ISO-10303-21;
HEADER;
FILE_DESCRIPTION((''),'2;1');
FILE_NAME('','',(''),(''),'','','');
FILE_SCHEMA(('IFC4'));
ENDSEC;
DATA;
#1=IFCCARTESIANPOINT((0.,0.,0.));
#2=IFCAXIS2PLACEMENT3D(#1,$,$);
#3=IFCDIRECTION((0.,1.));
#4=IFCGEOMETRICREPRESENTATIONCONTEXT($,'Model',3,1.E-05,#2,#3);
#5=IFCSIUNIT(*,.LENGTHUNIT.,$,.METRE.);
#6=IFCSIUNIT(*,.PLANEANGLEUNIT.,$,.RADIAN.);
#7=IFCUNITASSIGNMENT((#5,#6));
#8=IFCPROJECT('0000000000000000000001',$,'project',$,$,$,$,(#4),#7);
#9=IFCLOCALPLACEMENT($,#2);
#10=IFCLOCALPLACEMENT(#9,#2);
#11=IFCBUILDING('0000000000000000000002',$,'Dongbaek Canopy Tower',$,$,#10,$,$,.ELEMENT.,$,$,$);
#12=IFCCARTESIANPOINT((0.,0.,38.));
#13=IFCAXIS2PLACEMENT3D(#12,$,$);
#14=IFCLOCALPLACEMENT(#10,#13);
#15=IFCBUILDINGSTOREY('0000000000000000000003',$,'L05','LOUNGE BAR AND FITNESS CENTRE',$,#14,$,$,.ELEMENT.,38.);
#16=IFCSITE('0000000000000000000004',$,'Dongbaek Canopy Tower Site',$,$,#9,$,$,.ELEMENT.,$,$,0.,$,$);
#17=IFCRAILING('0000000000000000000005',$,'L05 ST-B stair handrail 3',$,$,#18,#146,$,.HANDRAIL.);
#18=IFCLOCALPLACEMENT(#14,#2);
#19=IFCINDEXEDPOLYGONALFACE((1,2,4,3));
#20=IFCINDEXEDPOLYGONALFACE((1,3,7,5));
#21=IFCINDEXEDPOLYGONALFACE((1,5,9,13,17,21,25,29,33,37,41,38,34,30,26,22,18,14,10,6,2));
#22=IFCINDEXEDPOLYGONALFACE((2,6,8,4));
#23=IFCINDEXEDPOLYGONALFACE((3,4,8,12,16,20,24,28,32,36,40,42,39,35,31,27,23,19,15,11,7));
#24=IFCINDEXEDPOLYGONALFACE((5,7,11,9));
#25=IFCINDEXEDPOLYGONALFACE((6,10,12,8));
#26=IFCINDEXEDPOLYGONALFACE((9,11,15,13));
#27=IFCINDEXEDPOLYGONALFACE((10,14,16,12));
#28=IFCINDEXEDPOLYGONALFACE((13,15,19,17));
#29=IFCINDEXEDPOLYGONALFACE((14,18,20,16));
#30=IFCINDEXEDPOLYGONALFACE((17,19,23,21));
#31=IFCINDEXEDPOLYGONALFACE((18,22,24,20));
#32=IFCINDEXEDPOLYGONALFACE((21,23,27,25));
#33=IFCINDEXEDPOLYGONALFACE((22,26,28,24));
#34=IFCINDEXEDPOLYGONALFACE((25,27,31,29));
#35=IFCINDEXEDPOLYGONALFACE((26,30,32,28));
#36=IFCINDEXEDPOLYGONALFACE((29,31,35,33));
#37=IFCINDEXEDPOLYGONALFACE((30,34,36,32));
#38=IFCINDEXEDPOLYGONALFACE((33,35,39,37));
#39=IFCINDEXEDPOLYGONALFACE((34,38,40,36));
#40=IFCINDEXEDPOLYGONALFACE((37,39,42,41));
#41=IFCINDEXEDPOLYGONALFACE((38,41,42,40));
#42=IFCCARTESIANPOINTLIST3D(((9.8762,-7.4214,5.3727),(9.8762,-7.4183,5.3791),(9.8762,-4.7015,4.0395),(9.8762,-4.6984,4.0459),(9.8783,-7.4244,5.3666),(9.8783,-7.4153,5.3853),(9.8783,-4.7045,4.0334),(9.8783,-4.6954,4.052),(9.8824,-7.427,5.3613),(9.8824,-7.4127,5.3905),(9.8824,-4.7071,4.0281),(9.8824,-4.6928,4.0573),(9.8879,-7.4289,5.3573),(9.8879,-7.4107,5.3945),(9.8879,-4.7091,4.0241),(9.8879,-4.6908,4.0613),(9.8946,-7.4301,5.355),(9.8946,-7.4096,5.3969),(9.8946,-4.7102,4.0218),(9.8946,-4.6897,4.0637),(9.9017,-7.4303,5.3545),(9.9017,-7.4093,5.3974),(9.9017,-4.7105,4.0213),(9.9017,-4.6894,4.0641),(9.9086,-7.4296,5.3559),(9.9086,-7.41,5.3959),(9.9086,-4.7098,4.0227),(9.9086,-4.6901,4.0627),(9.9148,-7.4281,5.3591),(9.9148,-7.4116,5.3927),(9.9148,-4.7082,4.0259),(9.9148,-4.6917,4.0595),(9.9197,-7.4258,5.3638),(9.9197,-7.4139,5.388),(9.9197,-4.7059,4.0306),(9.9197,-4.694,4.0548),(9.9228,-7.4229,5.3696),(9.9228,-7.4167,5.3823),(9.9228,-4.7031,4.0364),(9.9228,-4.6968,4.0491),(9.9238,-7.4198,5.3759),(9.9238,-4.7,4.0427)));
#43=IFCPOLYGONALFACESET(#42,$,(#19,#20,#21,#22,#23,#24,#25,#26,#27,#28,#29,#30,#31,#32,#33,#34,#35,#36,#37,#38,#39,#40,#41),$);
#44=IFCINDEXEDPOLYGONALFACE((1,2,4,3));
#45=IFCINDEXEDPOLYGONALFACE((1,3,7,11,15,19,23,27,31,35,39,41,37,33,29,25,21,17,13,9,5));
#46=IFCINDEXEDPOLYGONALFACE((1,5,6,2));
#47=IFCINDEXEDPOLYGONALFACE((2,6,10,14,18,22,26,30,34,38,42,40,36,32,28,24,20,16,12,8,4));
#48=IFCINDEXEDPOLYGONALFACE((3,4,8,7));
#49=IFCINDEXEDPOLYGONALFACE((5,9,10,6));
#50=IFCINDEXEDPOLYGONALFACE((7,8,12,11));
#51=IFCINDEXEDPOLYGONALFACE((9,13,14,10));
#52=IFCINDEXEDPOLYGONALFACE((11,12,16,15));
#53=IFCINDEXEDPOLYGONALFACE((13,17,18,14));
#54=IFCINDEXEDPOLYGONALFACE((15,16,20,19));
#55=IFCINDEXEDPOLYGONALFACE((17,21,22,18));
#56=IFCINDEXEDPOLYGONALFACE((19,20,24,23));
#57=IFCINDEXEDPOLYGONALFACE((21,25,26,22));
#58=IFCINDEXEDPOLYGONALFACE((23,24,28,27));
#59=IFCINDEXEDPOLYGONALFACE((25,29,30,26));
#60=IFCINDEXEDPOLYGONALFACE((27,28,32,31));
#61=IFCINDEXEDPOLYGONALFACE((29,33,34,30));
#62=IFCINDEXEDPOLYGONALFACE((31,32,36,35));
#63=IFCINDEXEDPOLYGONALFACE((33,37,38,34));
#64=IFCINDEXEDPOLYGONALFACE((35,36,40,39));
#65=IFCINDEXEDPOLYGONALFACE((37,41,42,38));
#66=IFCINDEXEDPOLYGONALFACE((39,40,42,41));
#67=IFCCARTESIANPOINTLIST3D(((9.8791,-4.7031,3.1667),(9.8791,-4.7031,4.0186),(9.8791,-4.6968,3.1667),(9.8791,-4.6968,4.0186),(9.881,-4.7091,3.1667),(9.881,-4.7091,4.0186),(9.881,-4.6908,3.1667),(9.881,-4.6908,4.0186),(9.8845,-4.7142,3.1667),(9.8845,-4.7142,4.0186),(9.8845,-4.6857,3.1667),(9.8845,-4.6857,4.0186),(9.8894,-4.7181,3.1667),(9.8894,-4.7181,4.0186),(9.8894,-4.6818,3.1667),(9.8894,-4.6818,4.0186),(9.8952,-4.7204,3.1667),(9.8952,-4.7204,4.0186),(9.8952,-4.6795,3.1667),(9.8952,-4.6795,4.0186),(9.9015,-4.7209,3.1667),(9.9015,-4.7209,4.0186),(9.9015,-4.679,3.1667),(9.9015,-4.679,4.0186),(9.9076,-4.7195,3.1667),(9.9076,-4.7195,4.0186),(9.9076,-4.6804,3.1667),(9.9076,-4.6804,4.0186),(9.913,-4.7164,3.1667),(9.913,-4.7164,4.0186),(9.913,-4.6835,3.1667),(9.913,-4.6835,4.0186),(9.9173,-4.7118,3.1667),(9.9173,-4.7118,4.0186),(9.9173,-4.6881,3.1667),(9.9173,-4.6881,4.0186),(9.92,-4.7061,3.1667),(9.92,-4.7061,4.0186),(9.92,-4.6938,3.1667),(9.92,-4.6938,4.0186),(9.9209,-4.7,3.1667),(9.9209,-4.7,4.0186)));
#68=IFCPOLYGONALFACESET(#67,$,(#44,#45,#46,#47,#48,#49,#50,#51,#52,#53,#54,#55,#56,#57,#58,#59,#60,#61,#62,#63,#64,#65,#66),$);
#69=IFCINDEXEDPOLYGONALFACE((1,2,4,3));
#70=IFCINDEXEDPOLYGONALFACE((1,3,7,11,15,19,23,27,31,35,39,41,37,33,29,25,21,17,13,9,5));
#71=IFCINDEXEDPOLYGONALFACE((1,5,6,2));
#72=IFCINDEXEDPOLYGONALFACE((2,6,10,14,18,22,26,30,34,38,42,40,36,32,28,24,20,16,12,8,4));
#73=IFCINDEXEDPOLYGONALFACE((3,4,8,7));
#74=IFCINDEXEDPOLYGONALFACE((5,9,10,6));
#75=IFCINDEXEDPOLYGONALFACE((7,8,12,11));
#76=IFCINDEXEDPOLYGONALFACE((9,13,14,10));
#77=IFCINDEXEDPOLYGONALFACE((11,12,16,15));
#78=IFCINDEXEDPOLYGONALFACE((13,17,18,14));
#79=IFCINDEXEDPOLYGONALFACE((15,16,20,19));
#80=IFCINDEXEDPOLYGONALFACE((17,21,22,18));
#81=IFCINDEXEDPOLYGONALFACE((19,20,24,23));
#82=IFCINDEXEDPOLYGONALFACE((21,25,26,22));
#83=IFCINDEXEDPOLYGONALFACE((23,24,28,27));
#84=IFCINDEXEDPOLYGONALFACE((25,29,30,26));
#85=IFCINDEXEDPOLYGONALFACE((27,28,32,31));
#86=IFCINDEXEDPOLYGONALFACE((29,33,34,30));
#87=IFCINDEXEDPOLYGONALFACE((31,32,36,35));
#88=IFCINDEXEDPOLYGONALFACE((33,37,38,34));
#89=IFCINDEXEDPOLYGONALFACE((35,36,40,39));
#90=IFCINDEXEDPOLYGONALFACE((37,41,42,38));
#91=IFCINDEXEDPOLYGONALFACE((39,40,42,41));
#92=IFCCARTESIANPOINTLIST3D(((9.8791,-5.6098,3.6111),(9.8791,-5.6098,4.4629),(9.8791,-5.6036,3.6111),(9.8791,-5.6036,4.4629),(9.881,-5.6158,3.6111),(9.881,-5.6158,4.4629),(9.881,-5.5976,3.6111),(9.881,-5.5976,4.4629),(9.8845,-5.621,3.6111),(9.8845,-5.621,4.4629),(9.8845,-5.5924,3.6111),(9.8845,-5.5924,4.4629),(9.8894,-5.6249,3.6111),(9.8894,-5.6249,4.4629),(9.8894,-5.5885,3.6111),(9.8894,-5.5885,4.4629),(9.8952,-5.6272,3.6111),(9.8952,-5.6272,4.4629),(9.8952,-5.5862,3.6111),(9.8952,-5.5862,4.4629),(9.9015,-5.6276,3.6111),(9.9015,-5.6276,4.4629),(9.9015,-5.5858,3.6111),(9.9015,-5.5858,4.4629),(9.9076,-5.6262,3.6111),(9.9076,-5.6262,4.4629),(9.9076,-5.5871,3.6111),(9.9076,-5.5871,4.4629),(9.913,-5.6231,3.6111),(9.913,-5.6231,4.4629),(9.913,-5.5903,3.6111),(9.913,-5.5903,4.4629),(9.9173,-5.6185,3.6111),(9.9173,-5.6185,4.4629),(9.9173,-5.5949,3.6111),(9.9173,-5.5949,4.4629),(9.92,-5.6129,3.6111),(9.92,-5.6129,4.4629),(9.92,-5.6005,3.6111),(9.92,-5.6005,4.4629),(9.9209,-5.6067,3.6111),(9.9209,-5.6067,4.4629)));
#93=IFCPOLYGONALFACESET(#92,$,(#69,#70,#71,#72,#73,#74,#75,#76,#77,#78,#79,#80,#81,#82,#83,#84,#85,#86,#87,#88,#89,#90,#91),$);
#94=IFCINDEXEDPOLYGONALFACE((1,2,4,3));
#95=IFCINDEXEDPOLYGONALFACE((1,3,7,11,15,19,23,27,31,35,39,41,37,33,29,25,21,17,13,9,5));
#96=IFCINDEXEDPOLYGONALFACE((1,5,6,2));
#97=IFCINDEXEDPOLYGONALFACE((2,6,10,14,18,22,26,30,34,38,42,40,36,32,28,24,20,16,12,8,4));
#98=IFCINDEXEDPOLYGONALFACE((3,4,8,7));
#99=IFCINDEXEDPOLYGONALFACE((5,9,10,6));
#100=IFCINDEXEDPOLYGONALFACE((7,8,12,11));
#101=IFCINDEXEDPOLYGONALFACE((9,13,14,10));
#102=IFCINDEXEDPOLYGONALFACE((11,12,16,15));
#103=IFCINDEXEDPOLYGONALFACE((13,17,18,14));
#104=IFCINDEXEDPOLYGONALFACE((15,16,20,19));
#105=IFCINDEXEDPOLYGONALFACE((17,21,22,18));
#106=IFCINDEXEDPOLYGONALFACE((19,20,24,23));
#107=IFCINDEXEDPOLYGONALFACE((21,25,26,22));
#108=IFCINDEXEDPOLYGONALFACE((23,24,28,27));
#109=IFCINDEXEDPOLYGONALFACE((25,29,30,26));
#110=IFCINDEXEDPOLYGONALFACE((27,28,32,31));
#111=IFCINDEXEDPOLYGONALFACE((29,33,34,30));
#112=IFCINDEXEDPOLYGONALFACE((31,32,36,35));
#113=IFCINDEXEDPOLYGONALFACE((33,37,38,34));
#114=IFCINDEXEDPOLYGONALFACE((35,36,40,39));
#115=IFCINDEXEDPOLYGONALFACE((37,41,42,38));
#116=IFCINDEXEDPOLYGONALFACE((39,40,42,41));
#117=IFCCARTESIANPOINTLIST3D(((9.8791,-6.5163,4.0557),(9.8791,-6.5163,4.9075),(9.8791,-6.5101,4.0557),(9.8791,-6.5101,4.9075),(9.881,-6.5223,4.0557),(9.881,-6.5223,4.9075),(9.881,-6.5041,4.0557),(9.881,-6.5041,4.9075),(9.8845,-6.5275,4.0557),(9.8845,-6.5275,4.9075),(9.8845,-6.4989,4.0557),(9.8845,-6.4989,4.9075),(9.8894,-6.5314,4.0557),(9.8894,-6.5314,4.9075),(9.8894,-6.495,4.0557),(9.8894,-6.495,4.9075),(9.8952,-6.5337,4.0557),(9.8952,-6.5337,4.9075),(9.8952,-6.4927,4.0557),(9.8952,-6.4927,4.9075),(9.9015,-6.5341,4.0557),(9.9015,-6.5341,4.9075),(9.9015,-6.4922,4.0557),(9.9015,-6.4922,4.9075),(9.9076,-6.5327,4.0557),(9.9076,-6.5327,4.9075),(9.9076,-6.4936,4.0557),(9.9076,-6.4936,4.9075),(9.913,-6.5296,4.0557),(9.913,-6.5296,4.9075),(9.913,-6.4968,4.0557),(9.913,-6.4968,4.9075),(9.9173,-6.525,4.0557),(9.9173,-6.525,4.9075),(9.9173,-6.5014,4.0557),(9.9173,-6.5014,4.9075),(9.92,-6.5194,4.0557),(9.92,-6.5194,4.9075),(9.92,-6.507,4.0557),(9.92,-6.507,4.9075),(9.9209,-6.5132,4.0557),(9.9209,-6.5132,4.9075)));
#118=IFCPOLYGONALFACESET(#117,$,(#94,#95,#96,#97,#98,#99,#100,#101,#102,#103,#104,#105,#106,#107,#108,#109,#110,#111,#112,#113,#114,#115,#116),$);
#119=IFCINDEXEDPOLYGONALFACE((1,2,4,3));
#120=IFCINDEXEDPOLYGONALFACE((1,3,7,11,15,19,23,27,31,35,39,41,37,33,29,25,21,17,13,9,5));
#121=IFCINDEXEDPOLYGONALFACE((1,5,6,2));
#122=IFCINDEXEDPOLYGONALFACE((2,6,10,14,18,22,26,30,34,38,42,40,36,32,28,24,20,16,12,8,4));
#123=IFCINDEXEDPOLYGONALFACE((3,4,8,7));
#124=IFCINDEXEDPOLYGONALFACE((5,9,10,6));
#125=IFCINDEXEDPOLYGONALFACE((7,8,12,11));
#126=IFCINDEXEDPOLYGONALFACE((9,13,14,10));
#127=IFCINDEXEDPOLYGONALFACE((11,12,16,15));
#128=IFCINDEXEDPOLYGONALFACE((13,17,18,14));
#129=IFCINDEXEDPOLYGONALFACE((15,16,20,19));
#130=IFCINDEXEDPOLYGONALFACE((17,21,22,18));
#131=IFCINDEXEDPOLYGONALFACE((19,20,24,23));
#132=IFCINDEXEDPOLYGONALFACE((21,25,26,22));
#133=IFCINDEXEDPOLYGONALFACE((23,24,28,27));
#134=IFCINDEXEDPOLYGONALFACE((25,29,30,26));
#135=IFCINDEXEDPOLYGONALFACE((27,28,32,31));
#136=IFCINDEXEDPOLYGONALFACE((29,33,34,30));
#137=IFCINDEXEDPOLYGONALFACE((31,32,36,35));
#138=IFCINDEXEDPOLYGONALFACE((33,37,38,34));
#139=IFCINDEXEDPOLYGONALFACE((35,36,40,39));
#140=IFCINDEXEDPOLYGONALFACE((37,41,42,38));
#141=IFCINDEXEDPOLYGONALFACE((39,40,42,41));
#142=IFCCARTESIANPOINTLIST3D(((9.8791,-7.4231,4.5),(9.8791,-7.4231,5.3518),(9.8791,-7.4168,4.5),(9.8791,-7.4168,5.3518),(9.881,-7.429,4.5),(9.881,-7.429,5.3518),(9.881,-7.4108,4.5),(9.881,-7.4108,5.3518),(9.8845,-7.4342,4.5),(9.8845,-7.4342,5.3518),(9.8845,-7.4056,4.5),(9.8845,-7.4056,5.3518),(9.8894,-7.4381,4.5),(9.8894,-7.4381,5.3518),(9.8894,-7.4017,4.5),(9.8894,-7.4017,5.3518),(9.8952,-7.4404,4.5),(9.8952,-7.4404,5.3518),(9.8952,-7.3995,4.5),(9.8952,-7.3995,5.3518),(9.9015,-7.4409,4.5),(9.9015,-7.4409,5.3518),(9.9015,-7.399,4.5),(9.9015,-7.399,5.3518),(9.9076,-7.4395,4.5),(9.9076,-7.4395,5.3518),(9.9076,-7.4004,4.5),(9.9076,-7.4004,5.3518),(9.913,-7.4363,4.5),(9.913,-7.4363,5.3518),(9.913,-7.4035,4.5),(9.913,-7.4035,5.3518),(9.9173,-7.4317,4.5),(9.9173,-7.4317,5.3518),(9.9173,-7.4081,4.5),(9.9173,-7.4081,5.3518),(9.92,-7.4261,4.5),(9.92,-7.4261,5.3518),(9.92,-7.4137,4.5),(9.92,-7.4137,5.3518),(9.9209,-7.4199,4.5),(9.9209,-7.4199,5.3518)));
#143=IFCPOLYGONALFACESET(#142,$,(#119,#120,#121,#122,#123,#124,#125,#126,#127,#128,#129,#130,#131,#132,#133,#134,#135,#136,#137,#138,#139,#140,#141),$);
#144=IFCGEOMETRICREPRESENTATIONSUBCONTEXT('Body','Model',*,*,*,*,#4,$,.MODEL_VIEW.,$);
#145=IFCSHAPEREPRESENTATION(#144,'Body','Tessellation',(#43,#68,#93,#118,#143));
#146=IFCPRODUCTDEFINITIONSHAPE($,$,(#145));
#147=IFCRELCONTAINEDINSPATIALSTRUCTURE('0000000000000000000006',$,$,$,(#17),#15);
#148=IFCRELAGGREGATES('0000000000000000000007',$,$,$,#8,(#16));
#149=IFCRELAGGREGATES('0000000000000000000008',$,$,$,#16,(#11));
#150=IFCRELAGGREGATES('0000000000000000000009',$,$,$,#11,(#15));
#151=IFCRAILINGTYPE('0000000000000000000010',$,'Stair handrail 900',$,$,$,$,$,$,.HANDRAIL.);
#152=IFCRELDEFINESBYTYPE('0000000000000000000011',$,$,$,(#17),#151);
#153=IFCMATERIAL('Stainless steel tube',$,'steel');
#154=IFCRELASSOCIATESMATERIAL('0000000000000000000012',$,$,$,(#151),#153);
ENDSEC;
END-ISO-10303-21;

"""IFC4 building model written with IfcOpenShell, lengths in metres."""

from ifc_helpers import new_model, si_unit, direction, frame, origin, origin_2d, place, context, subcontext, project, spatial, circle, extrude, material, type_object, element, save


model = new_model("IFC4")

# Units and contexts
model_context = context("Model", 3, precision=1e-05, world=origin(), true_north=direction((0.0, 1.0)))
body_context = subcontext(model_context, "Body", "Model", "MODEL_VIEW")
ifc_project = project(units=[si_unit("LENGTHUNIT", "METRE"), si_unit("PLANEANGLEUNIT", "RADIAN")], contexts=[model_context])

# Site, building, storey
site_placement = place(None, origin())
site = spatial("IfcSite", under=ifc_project, at=site_placement, Name="Dongbaek Canopy Tower Site", CompositionType="ELEMENT", RefElevation=0.0)
building_placement = place(site_placement, origin())
building = spatial("IfcBuilding", under=site, at=building_placement, Name="Dongbaek Canopy Tower", CompositionType="ELEMENT")
storey_placement = place(building_placement, frame((0.0, 0.0, 38.0)))
storey = spatial("IfcBuildingStorey", under=building, at=storey_placement, Name="L05", Description="LOUNGE BAR AND FITNESS CENTRE", CompositionType="ELEMENT", Elevation=38.0)

# Railing
ifc_material_1 = material(Name="Stainless steel tube", Category="steel")
railing_type_1 = type_object("IfcRailingType", Name="Stair handrail 900", PredefinedType="HANDRAIL", material=ifc_material_1)
for number, where, name in (
    (1, (9.8999, -4.7, 3.1667), "L05 ST-B stair handrail 3"),
):
    element("IfcRailing", number, at=place(storey_placement, frame(where)), inside=storey, type_object=railing_type_1, Name=name, PredefinedType="HANDRAIL", context=body_context, shape_type="SweptSolid", body=[
        extrude(circle(Radius=0.0239, at=origin_2d()), frame((0.0, 0.0, 0.876), z_axis=(0.0, -0.897929, 0.440139), x_axis=(1.0, 0.0, 0.0)), (0.0, 0.0, 1.0), 3.0291),
        extrude(circle(Radius=0.021, at=origin_2d()), origin(), (0.0, 0.0, 1.0), 0.8518),
        extrude(circle(Radius=0.021, at=origin_2d()), frame((0.0, -0.9067, 0.4443)), (0.0, 0.0, 1.0), 0.8518),
        extrude(circle(Radius=0.021, at=origin_2d()), frame((0.0, -1.8132, 0.8889)), (0.0, 0.0, 1.0), 0.8518),
        extrude(circle(Radius=0.021, at=origin_2d()), frame((0.0, -2.72, 1.3333)), (0.0, 0.0, 1.0), 0.8518),
    ])

save(model, "model.ifc")
